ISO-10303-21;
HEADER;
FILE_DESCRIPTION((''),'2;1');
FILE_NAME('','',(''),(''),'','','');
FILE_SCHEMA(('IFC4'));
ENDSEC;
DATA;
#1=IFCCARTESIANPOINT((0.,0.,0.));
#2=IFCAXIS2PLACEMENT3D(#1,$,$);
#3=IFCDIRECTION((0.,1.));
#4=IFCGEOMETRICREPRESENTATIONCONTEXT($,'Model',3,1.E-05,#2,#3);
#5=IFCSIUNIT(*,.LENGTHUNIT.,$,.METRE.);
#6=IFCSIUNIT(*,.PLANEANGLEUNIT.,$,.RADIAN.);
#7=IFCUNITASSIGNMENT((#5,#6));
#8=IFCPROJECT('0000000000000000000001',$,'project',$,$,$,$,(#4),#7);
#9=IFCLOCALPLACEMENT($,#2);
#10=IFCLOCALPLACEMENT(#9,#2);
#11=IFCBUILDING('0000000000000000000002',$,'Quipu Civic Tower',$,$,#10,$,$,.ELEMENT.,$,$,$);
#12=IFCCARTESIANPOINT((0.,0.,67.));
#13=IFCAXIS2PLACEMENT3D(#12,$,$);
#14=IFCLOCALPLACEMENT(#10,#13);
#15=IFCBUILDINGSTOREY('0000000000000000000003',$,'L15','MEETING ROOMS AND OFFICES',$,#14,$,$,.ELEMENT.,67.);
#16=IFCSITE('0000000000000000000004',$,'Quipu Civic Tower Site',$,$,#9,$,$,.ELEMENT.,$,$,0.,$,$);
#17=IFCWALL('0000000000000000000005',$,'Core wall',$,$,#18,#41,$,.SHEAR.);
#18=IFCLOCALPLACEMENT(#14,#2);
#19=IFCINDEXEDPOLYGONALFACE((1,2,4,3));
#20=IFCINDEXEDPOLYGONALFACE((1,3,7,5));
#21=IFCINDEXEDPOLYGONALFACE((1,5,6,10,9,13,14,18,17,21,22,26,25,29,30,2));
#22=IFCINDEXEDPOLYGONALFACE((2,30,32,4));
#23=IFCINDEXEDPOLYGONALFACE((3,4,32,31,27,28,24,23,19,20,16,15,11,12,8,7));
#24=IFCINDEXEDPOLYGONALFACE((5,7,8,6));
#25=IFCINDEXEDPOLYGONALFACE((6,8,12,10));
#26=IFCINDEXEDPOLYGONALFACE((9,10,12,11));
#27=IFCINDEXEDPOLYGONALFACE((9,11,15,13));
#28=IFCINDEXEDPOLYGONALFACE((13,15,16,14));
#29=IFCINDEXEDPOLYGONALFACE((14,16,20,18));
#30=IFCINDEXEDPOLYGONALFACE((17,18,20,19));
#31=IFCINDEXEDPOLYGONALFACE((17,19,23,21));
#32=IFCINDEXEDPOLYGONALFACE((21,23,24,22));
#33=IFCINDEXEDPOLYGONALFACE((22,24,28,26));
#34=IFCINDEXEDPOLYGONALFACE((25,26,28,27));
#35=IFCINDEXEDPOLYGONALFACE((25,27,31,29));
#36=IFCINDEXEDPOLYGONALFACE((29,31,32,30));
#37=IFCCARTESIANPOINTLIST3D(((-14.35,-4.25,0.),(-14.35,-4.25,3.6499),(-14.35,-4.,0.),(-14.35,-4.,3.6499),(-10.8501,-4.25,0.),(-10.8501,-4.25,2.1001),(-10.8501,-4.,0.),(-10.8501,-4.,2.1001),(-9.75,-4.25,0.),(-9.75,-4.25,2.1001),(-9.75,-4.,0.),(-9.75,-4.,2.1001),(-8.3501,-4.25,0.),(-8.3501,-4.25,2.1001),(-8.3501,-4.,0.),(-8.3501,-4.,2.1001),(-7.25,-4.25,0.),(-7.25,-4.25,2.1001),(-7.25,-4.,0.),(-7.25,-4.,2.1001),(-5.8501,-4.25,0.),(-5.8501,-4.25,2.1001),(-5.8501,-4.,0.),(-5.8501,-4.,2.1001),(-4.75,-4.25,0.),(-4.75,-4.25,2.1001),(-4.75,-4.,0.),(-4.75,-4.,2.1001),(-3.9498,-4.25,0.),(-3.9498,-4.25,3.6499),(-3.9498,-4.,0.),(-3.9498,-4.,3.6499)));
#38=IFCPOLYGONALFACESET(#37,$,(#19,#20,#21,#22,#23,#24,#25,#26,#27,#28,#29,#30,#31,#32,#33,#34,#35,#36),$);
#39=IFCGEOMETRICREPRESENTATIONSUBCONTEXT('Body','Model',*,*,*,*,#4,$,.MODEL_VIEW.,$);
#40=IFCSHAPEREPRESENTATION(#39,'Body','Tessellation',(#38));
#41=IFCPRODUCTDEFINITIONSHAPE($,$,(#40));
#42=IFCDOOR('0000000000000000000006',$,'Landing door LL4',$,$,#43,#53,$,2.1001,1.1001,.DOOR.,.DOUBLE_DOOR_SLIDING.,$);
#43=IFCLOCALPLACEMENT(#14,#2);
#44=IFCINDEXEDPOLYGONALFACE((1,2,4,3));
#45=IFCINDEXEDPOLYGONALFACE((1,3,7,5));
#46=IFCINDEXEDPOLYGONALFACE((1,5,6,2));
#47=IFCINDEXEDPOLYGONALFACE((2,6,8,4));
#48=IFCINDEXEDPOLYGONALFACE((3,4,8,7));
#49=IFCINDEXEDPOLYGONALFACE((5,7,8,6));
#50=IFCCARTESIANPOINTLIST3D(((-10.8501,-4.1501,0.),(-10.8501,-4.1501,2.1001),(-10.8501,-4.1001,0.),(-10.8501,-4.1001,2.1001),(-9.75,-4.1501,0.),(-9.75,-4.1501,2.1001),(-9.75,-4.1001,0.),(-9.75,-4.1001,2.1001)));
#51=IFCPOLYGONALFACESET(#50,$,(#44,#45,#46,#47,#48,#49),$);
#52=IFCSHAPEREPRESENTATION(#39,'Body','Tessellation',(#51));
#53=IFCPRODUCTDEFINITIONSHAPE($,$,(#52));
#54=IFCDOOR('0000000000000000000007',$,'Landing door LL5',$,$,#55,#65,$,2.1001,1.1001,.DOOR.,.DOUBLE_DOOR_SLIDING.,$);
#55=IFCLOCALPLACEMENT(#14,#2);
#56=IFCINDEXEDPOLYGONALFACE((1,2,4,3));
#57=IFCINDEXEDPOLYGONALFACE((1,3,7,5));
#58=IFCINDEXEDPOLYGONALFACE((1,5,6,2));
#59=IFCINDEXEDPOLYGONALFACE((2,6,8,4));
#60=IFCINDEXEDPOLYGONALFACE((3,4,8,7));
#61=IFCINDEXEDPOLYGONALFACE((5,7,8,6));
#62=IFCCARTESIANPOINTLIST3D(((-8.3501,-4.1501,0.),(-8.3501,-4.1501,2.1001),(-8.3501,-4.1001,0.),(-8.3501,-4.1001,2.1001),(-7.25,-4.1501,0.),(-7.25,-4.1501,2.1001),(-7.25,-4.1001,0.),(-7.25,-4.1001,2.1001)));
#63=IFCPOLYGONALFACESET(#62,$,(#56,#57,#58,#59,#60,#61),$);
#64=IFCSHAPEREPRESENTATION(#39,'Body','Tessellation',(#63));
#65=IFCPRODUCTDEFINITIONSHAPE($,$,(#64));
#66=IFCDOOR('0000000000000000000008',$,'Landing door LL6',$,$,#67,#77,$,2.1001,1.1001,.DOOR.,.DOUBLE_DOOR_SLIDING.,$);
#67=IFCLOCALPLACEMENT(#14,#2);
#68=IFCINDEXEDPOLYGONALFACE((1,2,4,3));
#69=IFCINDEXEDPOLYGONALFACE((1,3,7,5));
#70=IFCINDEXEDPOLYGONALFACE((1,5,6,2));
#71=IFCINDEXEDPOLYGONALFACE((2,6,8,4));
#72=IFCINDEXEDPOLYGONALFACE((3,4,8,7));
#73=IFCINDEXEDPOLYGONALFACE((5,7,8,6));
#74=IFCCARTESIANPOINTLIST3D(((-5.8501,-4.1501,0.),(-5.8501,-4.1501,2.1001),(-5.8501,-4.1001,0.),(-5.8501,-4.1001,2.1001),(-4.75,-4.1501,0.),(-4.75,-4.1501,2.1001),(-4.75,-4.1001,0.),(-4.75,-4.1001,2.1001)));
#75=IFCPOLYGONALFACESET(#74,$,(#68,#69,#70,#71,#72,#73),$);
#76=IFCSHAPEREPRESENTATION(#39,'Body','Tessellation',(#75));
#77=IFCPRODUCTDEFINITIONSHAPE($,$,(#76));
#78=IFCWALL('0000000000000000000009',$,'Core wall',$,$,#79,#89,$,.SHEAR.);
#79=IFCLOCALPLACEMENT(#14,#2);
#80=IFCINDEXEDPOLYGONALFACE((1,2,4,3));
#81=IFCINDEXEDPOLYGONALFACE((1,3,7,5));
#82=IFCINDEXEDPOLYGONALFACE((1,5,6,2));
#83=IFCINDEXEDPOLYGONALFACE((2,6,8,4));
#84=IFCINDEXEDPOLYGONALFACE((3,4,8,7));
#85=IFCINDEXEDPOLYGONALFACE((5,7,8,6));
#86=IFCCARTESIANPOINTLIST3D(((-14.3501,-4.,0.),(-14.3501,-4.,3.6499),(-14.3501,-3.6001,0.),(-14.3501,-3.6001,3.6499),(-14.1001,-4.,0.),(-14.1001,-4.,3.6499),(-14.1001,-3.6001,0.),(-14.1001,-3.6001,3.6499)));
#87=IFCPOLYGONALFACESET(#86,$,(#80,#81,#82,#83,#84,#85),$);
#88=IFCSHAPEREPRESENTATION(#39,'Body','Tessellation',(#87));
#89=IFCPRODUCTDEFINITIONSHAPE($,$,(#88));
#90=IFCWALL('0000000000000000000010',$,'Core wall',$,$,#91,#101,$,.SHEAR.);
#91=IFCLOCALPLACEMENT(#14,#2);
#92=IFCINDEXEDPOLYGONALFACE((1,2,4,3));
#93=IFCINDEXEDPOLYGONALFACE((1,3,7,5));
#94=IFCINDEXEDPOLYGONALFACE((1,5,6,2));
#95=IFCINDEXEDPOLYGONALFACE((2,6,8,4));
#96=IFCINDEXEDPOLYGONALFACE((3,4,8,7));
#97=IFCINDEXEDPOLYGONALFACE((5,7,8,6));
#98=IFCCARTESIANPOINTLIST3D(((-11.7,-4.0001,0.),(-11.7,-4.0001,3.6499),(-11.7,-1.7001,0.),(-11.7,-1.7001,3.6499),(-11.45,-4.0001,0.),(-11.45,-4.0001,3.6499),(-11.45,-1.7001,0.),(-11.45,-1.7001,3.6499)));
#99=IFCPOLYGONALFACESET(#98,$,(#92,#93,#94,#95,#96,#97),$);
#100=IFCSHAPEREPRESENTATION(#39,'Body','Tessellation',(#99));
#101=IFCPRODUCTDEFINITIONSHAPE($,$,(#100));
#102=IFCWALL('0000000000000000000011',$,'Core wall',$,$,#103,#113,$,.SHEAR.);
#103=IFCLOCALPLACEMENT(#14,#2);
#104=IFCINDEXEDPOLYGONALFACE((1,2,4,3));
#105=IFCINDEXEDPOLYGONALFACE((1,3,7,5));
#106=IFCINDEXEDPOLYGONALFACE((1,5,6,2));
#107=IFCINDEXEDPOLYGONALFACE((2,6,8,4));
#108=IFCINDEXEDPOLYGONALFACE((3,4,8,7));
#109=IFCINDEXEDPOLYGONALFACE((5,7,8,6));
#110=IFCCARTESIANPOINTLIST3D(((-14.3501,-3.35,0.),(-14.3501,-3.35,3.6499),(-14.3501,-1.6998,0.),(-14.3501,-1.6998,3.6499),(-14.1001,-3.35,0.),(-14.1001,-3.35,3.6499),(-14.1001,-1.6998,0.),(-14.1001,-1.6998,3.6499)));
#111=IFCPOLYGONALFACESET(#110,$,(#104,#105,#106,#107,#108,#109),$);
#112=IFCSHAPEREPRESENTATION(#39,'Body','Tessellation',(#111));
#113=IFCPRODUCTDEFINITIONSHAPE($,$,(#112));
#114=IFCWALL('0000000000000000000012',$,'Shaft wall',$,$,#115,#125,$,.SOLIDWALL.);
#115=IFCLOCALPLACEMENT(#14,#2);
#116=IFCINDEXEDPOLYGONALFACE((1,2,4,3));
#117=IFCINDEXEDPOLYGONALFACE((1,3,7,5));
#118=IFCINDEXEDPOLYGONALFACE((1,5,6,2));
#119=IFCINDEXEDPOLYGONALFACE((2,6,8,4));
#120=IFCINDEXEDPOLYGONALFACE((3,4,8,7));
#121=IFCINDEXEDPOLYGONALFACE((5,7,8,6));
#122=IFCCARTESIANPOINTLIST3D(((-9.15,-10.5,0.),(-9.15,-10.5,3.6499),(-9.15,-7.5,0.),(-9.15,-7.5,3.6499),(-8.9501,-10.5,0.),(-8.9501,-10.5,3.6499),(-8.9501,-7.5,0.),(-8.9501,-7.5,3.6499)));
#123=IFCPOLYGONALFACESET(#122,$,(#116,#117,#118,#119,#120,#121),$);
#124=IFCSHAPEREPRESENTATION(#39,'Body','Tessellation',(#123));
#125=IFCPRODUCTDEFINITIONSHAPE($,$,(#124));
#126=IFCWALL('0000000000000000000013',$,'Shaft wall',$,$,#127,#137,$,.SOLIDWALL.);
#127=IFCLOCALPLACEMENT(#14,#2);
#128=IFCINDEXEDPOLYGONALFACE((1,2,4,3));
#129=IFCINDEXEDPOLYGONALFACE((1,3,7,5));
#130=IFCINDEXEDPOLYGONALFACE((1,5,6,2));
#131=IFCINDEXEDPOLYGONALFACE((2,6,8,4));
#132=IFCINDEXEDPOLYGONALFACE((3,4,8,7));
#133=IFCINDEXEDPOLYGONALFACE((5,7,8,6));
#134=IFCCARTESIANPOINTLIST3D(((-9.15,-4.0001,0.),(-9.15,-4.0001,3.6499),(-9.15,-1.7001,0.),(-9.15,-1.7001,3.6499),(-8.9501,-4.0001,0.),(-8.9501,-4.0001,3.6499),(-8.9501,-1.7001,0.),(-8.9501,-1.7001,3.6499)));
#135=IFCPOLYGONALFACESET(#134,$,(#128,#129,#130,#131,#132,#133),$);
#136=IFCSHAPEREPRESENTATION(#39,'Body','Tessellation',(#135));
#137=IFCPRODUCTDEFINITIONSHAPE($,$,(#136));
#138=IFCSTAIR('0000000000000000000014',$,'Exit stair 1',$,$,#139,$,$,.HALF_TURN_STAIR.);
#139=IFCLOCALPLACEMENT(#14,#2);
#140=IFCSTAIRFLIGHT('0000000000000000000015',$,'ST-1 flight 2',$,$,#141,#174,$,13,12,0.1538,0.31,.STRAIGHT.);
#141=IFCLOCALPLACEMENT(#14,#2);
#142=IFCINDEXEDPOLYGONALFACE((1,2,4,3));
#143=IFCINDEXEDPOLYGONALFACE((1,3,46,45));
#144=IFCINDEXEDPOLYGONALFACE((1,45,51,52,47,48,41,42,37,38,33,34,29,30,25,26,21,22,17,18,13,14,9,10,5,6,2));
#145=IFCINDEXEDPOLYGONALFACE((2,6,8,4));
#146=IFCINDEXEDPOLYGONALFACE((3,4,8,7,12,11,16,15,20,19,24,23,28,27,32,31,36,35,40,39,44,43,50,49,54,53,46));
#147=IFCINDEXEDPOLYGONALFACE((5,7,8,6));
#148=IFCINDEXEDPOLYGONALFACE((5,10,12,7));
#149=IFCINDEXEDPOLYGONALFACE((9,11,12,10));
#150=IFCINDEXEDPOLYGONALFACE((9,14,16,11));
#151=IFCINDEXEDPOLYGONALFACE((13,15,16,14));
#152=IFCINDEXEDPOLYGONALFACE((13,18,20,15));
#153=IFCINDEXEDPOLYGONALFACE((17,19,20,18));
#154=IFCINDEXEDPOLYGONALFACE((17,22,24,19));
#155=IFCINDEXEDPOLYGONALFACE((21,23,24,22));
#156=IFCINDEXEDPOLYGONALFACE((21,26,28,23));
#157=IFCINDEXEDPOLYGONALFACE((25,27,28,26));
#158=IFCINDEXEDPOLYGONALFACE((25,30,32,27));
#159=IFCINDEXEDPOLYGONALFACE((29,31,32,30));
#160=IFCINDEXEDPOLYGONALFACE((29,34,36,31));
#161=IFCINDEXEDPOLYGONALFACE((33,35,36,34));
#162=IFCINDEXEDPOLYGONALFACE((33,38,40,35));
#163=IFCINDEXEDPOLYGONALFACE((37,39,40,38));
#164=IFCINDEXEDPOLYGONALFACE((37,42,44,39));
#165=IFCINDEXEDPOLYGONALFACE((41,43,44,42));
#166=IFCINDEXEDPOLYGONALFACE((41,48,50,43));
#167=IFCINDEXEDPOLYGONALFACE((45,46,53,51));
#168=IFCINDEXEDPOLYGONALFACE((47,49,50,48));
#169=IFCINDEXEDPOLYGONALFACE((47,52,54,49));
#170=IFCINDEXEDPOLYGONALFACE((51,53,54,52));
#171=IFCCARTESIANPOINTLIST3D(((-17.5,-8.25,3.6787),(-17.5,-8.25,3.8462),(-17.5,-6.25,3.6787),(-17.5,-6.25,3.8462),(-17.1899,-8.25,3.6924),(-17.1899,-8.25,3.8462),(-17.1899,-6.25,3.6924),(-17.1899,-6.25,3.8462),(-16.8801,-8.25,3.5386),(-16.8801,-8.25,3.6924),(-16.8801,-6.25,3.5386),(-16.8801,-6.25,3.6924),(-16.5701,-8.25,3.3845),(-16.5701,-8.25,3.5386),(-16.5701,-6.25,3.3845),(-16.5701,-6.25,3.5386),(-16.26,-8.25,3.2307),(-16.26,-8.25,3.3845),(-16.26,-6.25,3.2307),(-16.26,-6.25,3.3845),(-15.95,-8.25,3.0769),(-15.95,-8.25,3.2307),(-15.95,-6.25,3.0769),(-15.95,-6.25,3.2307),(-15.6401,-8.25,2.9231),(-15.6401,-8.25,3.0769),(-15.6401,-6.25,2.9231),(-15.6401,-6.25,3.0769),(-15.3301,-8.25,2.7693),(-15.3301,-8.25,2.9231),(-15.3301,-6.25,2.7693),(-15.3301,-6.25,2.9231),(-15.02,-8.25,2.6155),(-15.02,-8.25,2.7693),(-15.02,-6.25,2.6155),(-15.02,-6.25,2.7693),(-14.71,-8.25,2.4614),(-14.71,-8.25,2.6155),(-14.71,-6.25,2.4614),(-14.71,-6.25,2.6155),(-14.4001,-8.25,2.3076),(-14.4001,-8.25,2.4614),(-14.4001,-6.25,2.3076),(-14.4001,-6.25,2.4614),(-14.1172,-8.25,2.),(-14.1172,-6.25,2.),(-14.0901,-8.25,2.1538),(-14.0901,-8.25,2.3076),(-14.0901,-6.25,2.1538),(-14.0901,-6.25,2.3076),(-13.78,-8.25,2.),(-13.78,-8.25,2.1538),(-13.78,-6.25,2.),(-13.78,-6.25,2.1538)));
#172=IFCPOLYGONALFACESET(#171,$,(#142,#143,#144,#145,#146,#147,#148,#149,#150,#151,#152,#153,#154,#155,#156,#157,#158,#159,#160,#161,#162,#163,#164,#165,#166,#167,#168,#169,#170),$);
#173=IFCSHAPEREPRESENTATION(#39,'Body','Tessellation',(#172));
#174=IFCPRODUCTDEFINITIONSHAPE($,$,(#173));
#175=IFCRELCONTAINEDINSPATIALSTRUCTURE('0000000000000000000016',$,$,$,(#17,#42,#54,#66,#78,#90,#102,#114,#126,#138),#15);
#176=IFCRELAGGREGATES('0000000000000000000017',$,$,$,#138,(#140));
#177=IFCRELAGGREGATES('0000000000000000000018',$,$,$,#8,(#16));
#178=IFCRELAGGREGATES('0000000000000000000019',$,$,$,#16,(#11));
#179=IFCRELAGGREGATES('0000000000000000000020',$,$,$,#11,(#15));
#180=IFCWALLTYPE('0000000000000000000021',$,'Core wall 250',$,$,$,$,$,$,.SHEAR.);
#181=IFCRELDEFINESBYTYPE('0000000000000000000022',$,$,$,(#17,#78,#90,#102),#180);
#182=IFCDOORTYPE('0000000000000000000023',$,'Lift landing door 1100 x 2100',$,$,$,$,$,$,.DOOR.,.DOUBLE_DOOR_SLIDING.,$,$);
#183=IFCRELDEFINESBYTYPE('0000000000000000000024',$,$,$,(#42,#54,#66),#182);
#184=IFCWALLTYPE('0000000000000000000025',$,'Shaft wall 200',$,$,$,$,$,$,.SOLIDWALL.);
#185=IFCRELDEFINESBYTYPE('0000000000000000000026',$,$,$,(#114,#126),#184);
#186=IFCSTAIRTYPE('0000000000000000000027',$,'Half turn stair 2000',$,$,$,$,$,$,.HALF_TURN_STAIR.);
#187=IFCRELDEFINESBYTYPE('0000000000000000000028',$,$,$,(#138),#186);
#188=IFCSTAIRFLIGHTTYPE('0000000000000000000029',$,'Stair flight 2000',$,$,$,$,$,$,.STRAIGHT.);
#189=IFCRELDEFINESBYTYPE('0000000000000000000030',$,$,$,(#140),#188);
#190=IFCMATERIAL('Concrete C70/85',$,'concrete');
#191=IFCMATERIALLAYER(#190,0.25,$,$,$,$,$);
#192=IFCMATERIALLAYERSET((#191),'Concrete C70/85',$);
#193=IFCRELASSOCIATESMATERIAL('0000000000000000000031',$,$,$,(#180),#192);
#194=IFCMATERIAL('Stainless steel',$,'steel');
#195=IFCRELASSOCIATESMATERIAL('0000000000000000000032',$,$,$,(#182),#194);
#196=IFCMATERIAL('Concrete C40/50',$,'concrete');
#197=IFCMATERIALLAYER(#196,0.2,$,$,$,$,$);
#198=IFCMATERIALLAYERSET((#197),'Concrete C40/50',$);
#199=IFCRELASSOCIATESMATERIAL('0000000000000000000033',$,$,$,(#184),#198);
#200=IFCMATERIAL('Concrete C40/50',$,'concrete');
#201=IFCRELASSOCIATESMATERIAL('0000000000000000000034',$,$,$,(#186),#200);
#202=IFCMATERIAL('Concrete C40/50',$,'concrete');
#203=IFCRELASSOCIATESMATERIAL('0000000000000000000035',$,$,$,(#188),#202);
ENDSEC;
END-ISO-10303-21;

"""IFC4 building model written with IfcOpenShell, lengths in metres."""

from ifc_helpers import new_model, si_unit, direction, frame, frame_2d, origin, place, context, subcontext, project, spatial, polyline, rectangle, outline, extrude, material, layer, layer_set, type_object, element, fill, aggregate, save


model = new_model("IFC4")

# Units and contexts
model_context = context("Model", 3, precision=1e-05, world=origin(), true_north=direction((0.0, 1.0)))
body_context = subcontext(model_context, "Body", "Model", "MODEL_VIEW")
ifc_project = project(units=[si_unit("LENGTHUNIT", "METRE"), si_unit("PLANEANGLEUNIT", "RADIAN")], contexts=[model_context])

# Site, building, storey
site_placement = place(None, origin())
site = spatial("IfcSite", under=ifc_project, at=site_placement, Name="Quipu Civic Tower Site", CompositionType="ELEMENT", RefElevation=0.0)
building_placement = place(site_placement, origin())
building = spatial("IfcBuilding", under=site, at=building_placement, Name="Quipu Civic Tower", CompositionType="ELEMENT")
storey_placement = place(building_placement, frame((0.0, 0.0, 67.0)))
storey = spatial("IfcBuildingStorey", under=building, at=storey_placement, Name="L15", Description="MEETING ROOMS AND OFFICES", CompositionType="ELEMENT", Elevation=67.0)

# Shared definitions
ifc_material_1 = material(Name="Concrete C70/85", Category="concrete")
ifc_layer_1 = layer(ifc_material_1, 0.25)
ifc_layer_set_1 = layer_set([ifc_layer_1], Name="Concrete C70/85")
wall_type_1 = type_object("IfcWallType", Name="Core wall 250", PredefinedType="SHEAR", material=ifc_layer_set_1)

# Wall, openings, doors
wall_1_placement = place(storey_placement, frame((-14.3501, -4.125, 0.0), z_axis=(0.0, 0.0, 1.0), x_axis=(1.0, 0.0, 0.0)))
wall_1 = element("IfcWall", 1, at=wall_1_placement, inside=storey, type_object=wall_type_1, Name="Core wall", PredefinedType="SHEAR", context=body_context, shape_type="SweptSolid", body=[
    extrude(rectangle(XDim=10.4001, YDim=0.25, at=frame_2d((5.2002, 0.0))), origin(), (0.0, 0.0, 1.0), 3.6499),
])
opening_1_placement = place(wall_1_placement, frame((3.5, 0.0, 0.0)))
opening_1 = element("IfcOpeningElement", 2, at=opening_1_placement, cuts=wall_1, PredefinedType="OPENING", context=body_context, shape_type="SweptSolid", body=[
    extrude(rectangle(XDim=1.1001, YDim=2.1001, at=frame_2d((0.55, 1.05))), frame((0.0, 0.135, 0.0), z_axis=(0.0, -1.0, 0.0), x_axis=(1.0, 0.0, 0.0)), (0.0, 0.0, 1.0), 0.27),
])
opening_2_placement = place(wall_1_placement, frame((6.0, 0.0, 0.0)))
opening_2 = element("IfcOpeningElement", 3, at=opening_2_placement, cuts=wall_1, PredefinedType="OPENING", context=body_context, shape_type="SweptSolid", body=[
    extrude(rectangle(XDim=1.1001, YDim=2.1001, at=frame_2d((0.55, 1.05))), frame((0.0, 0.135, 0.0), z_axis=(0.0, -1.0, 0.0), x_axis=(1.0, 0.0, 0.0)), (0.0, 0.0, 1.0), 0.27),
])
opening_3_placement = place(wall_1_placement, frame((8.5, 0.0, 0.0)))
opening_3 = element("IfcOpeningElement", 4, at=opening_3_placement, cuts=wall_1, PredefinedType="OPENING", context=body_context, shape_type="SweptSolid", body=[
    extrude(rectangle(XDim=1.1001, YDim=2.1001, at=frame_2d((0.55, 1.05))), frame((0.0, 0.135, 0.0), z_axis=(0.0, -1.0, 0.0), x_axis=(1.0, 0.0, 0.0)), (0.0, 0.0, 1.0), 0.27),
])
ifc_material_2 = material(Name="Stainless steel", Category="steel")
door_type_1 = type_object("IfcDoorType", Name="Lift landing door 1100 x 2100", OperationType="DOUBLE_DOOR_SLIDING", PredefinedType="DOOR", material=ifc_material_2)
door_1_placement = place(opening_1_placement, origin())
door_1 = element("IfcDoor", 5, at=door_1_placement, inside=storey, type_object=door_type_1, Name="Landing door LL4", OperationType="DOUBLE_DOOR_SLIDING", OverallHeight=2.1001, OverallWidth=1.1001, PredefinedType="DOOR", context=body_context, shape_type="SweptSolid", body=[
    extrude(rectangle(XDim=1.1001, YDim=2.1001, at=frame_2d((0.55, 1.05))), frame((0.0, 0.0249, 0.0), z_axis=(0.0, -1.0, 0.0), x_axis=(1.0, 0.0, 0.0)), (0.0, 0.0, 1.0), 0.05),
])
fill(opening_1, door_1)
door_2_placement = place(opening_2_placement, origin())
door_2 = element("IfcDoor", 6, at=door_2_placement, inside=storey, type_object=door_type_1, Name="Landing door LL5", OperationType="DOUBLE_DOOR_SLIDING", OverallHeight=2.1001, OverallWidth=1.1001, PredefinedType="DOOR", context=body_context, shape_type="SweptSolid", body=[
    extrude(rectangle(XDim=1.1001, YDim=2.1001, at=frame_2d((0.55, 1.05))), frame((0.0, 0.0249, 0.0), z_axis=(0.0, -1.0, 0.0), x_axis=(1.0, 0.0, 0.0)), (0.0, 0.0, 1.0), 0.05),
])
fill(opening_2, door_2)
door_3_placement = place(opening_3_placement, origin())
door_3 = element("IfcDoor", 7, at=door_3_placement, inside=storey, type_object=door_type_1, Name="Landing door LL6", OperationType="DOUBLE_DOOR_SLIDING", OverallHeight=2.1001, OverallWidth=1.1001, PredefinedType="DOOR", context=body_context, shape_type="SweptSolid", body=[
    extrude(rectangle(XDim=1.1001, YDim=2.1001, at=frame_2d((0.55, 1.05))), frame((0.0, 0.0249, 0.0), z_axis=(0.0, -1.0, 0.0), x_axis=(1.0, 0.0, 0.0)), (0.0, 0.0, 1.0), 0.05),
])
fill(opening_3, door_3)

# Walls
wall_2_placement = place(storey_placement, frame((-14.2251, -4.0, 0.0), z_axis=(0.0, 0.0, 1.0), x_axis=(0.0, 1.0, 0.0)))
element("IfcWall", 8, at=wall_2_placement, inside=storey, type_object=wall_type_1, Name="Core wall", PredefinedType="SHEAR", context=body_context, shape_type="SweptSolid", body=[
    extrude(rectangle(XDim=0.3999, YDim=0.25, at=frame_2d((0.2, 0.0))), origin(), (0.0, 0.0, 1.0), 3.6499),
])
wall_3_placement = place(storey_placement, frame((-11.575, -4.0, 0.0), z_axis=(0.0, 0.0, 1.0), x_axis=(0.0, 1.0, 0.0)))
element("IfcWall", 9, at=wall_3_placement, inside=storey, type_object=wall_type_1, Name="Core wall", PredefinedType="SHEAR", context=body_context, shape_type="SweptSolid", body=[
    extrude(rectangle(XDim=2.3, YDim=0.25, at=frame_2d((1.1499, 0.0))), origin(), (0.0, 0.0, 1.0), 3.6499),
])
wall_4_placement = place(storey_placement, frame((-14.2251, -3.3501, 0.0), z_axis=(0.0, 0.0, 1.0), x_axis=(0.0, 1.0, 0.0)))
element("IfcWall", 10, at=wall_4_placement, inside=storey, type_object=wall_type_1, Name="Core wall", PredefinedType="SHEAR", context=body_context, shape_type="SweptSolid", body=[
    extrude(rectangle(XDim=1.6501, YDim=0.25, at=frame_2d((0.8252, 0.0))), origin(), (0.0, 0.0, 1.0), 3.6499),
])
ifc_material_3 = material(Name="Concrete C40/50", Category="concrete")
ifc_layer_2 = layer(ifc_material_3, 0.2)
ifc_layer_set_2 = layer_set([ifc_layer_2], Name="Concrete C40/50")
wall_type_2 = type_object("IfcWallType", Name="Shaft wall 200", PredefinedType="SOLIDWALL", material=ifc_layer_set_2)
wall_5_placement = place(storey_placement, frame((-9.05, -10.5, 0.0), z_axis=(0.0, 0.0, 1.0), x_axis=(0.0, 1.0, 0.0)))
element("IfcWall", 11, at=wall_5_placement, inside=storey, type_object=wall_type_2, Name="Shaft wall", PredefinedType="SOLIDWALL", context=body_context, shape_type="SweptSolid", body=[
    extrude(rectangle(XDim=3.0, YDim=0.2, at=frame_2d((1.5, 0.0))), origin(), (0.0, 0.0, 1.0), 3.6499),
])
wall_6_placement = place(storey_placement, frame((-9.05, -4.0, 0.0), z_axis=(0.0, 0.0, 1.0), x_axis=(0.0, 1.0, 0.0)))
element("IfcWall", 12, at=wall_6_placement, inside=storey, type_object=wall_type_2, Name="Shaft wall", PredefinedType="SOLIDWALL", context=body_context, shape_type="SweptSolid", body=[
    extrude(rectangle(XDim=2.3, YDim=0.2, at=frame_2d((1.1499, 0.0))), origin(), (0.0, 0.0, 1.0), 3.6499),
])

# Stair, stair flight
ifc_material_4 = material(Name="Concrete C40/50", Category="concrete")
stair_type = type_object("IfcStairType", Name="Half turn stair 2000", PredefinedType="HALF_TURN_STAIR", material=ifc_material_4)
stair_placement = place(storey_placement, origin())
stair = element("IfcStair", 13, at=stair_placement, inside=storey, type_object=stair_type, Name="Exit stair 1", PredefinedType="HALF_TURN_STAIR")
ifc_material_5 = material(Name="Concrete C40/50", Category="concrete")
stair_flight_type = type_object("IfcStairFlightType", Name="Stair flight 2000", PredefinedType="STRAIGHT", material=ifc_material_5)
stair_flight_placement = place(storey_placement, frame((-13.78, -7.25, 2.0), z_axis=(0.0, 0.0, 1.0), x_axis=(-1.0, 0.0, 0.0)))
stair_flight = element("IfcStairFlight", 14, at=stair_flight_placement, type_object=stair_flight_type, Name="ST-1 flight 2", NumberOfRisers=13, NumberOfTreads=12, PredefinedType="STRAIGHT", RiserHeight=0.1538, TreadLength=0.31, context=body_context, shape_type="SweptSolid", body=[
    extrude(outline(polyline([(0.0, 0.0), (0.0, 0.1538), (0.3101, 0.1538), (0.3101, 0.3076), (0.6201, 0.3076), (0.6201, 0.4614), (0.9299, 0.4614), (0.9299, 0.6155), (1.24, 0.6155), (1.24, 0.7693), (1.55, 0.7693), (1.55, 0.9231), (1.8601, 0.9231), (1.8601, 1.0769), (2.1699, 1.0769), (2.1699, 1.2307), (2.48, 1.2307), (2.48, 1.3845), (2.79, 1.3845), (2.79, 1.5386), (3.1001, 1.5386), (3.1001, 1.6924), (3.4099, 1.6924), (3.4099, 1.8462), (3.72, 1.8462), (3.72, 2.0), (3.72, 1.6787), (0.3372, 0.0), (0.0, 0.0)])), frame((0.0, 1.0, 0.0), z_axis=(0.0, -1.0, 0.0), x_axis=(1.0, 0.0, 0.0)), (0.0, 0.0, 1.0), 2.0),
])
aggregate(stair, [stair_flight])

save(model, "model.ifc")
